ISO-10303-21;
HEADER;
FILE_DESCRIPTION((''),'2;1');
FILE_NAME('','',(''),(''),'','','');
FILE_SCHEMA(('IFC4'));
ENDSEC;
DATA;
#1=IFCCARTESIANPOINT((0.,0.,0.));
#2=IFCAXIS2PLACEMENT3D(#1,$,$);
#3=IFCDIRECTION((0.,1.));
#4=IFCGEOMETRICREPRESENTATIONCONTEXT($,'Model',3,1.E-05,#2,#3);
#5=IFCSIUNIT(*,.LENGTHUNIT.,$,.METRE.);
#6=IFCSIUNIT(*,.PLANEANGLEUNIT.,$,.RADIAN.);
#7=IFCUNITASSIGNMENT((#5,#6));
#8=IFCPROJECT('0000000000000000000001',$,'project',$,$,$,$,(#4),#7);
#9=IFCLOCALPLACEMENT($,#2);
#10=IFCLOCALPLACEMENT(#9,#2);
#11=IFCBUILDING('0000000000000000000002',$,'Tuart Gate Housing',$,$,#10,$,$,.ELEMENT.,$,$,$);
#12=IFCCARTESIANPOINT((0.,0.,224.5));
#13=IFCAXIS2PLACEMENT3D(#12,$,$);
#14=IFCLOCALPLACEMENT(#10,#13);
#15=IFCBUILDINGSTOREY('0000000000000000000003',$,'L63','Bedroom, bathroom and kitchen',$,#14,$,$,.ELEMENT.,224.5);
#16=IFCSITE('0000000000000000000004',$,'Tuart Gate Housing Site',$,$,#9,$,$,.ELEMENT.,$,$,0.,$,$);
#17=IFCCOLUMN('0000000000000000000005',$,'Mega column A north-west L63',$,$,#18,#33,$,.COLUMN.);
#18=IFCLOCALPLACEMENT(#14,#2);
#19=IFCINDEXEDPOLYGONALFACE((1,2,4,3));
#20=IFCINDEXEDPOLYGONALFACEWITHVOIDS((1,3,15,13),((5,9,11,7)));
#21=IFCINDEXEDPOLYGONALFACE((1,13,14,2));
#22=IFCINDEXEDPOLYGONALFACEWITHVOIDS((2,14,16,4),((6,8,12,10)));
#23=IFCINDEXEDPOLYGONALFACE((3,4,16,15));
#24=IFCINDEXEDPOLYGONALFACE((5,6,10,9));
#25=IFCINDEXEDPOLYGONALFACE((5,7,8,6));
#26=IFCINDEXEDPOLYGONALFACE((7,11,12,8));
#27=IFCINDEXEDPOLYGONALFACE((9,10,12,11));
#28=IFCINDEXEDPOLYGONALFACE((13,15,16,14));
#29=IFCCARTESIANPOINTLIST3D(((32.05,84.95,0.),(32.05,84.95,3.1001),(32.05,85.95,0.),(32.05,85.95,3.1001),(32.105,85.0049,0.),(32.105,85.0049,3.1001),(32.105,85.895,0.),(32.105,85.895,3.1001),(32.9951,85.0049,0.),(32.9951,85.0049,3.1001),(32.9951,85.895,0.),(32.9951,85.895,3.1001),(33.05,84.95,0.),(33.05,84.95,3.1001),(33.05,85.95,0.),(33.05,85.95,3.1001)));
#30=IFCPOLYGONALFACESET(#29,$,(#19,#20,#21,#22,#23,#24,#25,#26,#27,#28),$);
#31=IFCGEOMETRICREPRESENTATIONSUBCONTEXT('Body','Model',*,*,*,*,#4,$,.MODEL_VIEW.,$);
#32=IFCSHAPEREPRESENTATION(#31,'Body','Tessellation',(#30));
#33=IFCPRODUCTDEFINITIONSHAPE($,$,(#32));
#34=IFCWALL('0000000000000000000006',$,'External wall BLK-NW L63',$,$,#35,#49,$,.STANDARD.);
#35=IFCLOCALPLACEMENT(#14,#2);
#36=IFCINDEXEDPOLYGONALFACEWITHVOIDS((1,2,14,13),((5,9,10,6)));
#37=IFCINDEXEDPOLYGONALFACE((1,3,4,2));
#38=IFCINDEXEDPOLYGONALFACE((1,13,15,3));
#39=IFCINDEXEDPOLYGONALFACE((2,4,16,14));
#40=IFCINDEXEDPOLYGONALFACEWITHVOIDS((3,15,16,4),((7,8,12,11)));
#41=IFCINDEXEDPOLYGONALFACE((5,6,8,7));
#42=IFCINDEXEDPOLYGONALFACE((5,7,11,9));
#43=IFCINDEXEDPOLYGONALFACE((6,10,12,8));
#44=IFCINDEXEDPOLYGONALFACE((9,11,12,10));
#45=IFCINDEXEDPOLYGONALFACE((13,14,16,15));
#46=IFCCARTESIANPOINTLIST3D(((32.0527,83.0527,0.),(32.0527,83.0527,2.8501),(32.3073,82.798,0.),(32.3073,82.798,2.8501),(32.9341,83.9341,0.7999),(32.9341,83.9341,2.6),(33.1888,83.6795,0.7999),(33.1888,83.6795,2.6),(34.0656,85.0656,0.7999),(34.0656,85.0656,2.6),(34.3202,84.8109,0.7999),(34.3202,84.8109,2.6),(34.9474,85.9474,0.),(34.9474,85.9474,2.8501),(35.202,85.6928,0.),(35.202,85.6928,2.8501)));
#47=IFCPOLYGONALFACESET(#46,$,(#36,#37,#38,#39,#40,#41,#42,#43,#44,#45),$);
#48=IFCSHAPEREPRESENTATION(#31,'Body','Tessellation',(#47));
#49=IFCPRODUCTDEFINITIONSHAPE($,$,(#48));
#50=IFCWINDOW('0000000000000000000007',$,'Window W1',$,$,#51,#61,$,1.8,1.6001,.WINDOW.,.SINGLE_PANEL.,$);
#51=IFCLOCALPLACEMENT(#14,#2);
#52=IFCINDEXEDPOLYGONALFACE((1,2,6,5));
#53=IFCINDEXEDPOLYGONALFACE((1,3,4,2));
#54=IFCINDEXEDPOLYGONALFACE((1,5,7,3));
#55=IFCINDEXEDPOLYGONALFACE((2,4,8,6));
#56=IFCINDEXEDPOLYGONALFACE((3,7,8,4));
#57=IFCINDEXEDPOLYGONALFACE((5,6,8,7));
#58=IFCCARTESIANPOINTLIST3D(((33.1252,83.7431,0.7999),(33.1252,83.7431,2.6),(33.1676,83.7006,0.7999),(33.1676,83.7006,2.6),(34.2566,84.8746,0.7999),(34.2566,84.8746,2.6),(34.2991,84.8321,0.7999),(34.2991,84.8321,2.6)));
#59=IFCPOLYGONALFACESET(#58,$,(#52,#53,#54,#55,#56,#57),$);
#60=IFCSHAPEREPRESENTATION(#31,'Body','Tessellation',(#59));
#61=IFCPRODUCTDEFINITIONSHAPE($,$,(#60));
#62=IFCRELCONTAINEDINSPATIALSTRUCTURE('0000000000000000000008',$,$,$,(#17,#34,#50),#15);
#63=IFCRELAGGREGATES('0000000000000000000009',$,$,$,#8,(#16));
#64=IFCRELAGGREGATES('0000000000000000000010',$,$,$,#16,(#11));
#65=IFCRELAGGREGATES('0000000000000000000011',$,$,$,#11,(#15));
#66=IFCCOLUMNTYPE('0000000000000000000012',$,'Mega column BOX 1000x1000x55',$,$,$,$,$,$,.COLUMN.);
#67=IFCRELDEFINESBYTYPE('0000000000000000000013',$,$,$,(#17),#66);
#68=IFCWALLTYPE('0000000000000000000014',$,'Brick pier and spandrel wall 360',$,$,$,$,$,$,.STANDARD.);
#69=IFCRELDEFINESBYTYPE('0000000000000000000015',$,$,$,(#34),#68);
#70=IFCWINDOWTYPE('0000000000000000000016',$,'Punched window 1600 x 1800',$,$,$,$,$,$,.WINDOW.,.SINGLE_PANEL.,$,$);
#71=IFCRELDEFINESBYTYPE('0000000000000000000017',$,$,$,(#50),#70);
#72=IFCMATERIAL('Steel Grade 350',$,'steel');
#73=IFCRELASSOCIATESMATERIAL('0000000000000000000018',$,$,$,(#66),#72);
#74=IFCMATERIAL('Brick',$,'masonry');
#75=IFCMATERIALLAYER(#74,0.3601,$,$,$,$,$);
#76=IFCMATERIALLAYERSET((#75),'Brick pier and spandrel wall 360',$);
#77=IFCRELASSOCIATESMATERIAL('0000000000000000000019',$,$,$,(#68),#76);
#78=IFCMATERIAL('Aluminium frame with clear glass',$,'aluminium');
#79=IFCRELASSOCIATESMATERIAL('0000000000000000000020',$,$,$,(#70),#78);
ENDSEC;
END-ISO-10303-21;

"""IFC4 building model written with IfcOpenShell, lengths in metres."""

from ifc_helpers import new_model, si_unit, direction, frame, frame_2d, origin, origin_2d, place, context, subcontext, project, spatial, rectangle, hollow_rectangle, extrude, material, layer, layer_set, material_profile, profile_set, type_object, element, fill, save


model = new_model("IFC4")

# Units and contexts
model_context = context("Model", 3, precision=1e-05, world=origin(), true_north=direction((0.0, 1.0)))
body_context = subcontext(model_context, "Body", "Model", "MODEL_VIEW")
ifc_project = project(units=[si_unit("LENGTHUNIT", "METRE"), si_unit("PLANEANGLEUNIT", "RADIAN")], contexts=[model_context])

# Site, building, storey
site_placement = place(None, origin())
site = spatial("IfcSite", under=ifc_project, at=site_placement, Name="Tuart Gate Housing Site", CompositionType="ELEMENT", RefElevation=0.0)
building_placement = place(site_placement, origin())
building = spatial("IfcBuilding", under=site, at=building_placement, Name="Tuart Gate Housing", CompositionType="ELEMENT")
storey_placement = place(building_placement, frame((0.0, 0.0, 224.5)))
storey = spatial("IfcBuildingStorey", under=building, at=storey_placement, Name="L63", Description="Bedroom, bathroom and kitchen", CompositionType="ELEMENT", Elevation=224.5)

# Column
ifc_material_1 = material(Name="Steel Grade 350", Category="steel")
ifc_material_profile = material_profile(ifc_material_1, hollow_rectangle(XDim=1.0, YDim=1.0, WallThickness=0.0549, at=origin_2d()), Name="BOX 1000x1000x55")
ifc_profile_set = profile_set([ifc_material_profile], Name="Steel Grade 350")
column_type = type_object("IfcColumnType", Name="Mega column BOX 1000x1000x55", PredefinedType="COLUMN", material=ifc_profile_set)
column_placement = place(storey_placement, frame((32.55, 85.45, 0.0), z_axis=(0.0, 0.0, 1.0), x_axis=(1.0, 0.0, 0.0)))
element("IfcColumn", 1, at=column_placement, inside=storey, type_object=column_type, Name="Mega column A north-west L63", PredefinedType="COLUMN", context=body_context, shape_type="SweptSolid", body=[
    extrude(hollow_rectangle(XDim=1.0, YDim=1.0, WallThickness=0.0549, at=origin_2d()), origin(), (0.0, 0.0, 1.0), 3.1001),
])

# Wall, opening, window
ifc_material_2 = material(Name="Brick", Category="masonry")
ifc_layer_1 = layer(ifc_material_2, 0.3601)
ifc_layer_set_1 = layer_set([ifc_layer_1], Name="Brick pier and spandrel wall 360")
wall_type_1 = type_object("IfcWallType", Name="Brick pier and spandrel wall 360", PredefinedType="STANDARD", material=ifc_layer_set_1)
wall_1_placement = place(storey_placement, frame((35.0747, 85.8201, 0.0), z_axis=(0.0, 0.0, 1.0), x_axis=(-0.707107, -0.707107, 0.0)))
wall_1 = element("IfcWall", 2, at=wall_1_placement, inside=storey, type_object=wall_type_1, Name="External wall BLK-NW L63", PredefinedType="STANDARD", context=body_context, shape_type="SweptSolid", body=[
    extrude(rectangle(XDim=4.0938, YDim=0.3601, at=frame_2d((2.0469, 0.0))), origin(), (0.0, 0.0, 1.0), 2.8501),
])
opening_1_placement = place(wall_1_placement, frame((1.2471, 0.0, 0.8)))
opening_1 = element("IfcOpeningElement", 3, at=opening_1_placement, cuts=wall_1, PredefinedType="OPENING", context=body_context, shape_type="SweptSolid", body=[
    extrude(rectangle(XDim=1.6001, YDim=1.8, at=frame_2d((0.8, 0.8999))), frame((0.0, 0.1899, 0.0), z_axis=(0.0, -1.0, 0.0), x_axis=(1.0, 0.0, 0.0)), (0.0, 0.0, 1.0), 0.3801),
])
ifc_material_3 = material(Name="Aluminium frame with clear glass", Category="aluminium")
window_type_1 = type_object("IfcWindowType", Name="Punched window 1600 x 1800", PartitioningType="SINGLE_PANEL", PredefinedType="WINDOW", material=ifc_material_3)
window_1_placement = place(opening_1_placement, origin())
window_1 = element("IfcWindow", 4, at=window_1_placement, inside=storey, type_object=window_type_1, Name="Window W1", OverallHeight=1.8, OverallWidth=1.6001, PartitioningType="SINGLE_PANEL", PredefinedType="WINDOW", context=body_context, shape_type="SweptSolid", body=[
    extrude(rectangle(XDim=1.6001, YDim=1.8, at=frame_2d((0.8, 0.8999))), frame((0.0, 0.1501, 0.0), z_axis=(0.0, -1.0, 0.0), x_axis=(1.0, 0.0, 0.0)), (0.0, 0.0, 1.0), 0.0601),
])
fill(opening_1, window_1)

save(model, "model.ifc")
